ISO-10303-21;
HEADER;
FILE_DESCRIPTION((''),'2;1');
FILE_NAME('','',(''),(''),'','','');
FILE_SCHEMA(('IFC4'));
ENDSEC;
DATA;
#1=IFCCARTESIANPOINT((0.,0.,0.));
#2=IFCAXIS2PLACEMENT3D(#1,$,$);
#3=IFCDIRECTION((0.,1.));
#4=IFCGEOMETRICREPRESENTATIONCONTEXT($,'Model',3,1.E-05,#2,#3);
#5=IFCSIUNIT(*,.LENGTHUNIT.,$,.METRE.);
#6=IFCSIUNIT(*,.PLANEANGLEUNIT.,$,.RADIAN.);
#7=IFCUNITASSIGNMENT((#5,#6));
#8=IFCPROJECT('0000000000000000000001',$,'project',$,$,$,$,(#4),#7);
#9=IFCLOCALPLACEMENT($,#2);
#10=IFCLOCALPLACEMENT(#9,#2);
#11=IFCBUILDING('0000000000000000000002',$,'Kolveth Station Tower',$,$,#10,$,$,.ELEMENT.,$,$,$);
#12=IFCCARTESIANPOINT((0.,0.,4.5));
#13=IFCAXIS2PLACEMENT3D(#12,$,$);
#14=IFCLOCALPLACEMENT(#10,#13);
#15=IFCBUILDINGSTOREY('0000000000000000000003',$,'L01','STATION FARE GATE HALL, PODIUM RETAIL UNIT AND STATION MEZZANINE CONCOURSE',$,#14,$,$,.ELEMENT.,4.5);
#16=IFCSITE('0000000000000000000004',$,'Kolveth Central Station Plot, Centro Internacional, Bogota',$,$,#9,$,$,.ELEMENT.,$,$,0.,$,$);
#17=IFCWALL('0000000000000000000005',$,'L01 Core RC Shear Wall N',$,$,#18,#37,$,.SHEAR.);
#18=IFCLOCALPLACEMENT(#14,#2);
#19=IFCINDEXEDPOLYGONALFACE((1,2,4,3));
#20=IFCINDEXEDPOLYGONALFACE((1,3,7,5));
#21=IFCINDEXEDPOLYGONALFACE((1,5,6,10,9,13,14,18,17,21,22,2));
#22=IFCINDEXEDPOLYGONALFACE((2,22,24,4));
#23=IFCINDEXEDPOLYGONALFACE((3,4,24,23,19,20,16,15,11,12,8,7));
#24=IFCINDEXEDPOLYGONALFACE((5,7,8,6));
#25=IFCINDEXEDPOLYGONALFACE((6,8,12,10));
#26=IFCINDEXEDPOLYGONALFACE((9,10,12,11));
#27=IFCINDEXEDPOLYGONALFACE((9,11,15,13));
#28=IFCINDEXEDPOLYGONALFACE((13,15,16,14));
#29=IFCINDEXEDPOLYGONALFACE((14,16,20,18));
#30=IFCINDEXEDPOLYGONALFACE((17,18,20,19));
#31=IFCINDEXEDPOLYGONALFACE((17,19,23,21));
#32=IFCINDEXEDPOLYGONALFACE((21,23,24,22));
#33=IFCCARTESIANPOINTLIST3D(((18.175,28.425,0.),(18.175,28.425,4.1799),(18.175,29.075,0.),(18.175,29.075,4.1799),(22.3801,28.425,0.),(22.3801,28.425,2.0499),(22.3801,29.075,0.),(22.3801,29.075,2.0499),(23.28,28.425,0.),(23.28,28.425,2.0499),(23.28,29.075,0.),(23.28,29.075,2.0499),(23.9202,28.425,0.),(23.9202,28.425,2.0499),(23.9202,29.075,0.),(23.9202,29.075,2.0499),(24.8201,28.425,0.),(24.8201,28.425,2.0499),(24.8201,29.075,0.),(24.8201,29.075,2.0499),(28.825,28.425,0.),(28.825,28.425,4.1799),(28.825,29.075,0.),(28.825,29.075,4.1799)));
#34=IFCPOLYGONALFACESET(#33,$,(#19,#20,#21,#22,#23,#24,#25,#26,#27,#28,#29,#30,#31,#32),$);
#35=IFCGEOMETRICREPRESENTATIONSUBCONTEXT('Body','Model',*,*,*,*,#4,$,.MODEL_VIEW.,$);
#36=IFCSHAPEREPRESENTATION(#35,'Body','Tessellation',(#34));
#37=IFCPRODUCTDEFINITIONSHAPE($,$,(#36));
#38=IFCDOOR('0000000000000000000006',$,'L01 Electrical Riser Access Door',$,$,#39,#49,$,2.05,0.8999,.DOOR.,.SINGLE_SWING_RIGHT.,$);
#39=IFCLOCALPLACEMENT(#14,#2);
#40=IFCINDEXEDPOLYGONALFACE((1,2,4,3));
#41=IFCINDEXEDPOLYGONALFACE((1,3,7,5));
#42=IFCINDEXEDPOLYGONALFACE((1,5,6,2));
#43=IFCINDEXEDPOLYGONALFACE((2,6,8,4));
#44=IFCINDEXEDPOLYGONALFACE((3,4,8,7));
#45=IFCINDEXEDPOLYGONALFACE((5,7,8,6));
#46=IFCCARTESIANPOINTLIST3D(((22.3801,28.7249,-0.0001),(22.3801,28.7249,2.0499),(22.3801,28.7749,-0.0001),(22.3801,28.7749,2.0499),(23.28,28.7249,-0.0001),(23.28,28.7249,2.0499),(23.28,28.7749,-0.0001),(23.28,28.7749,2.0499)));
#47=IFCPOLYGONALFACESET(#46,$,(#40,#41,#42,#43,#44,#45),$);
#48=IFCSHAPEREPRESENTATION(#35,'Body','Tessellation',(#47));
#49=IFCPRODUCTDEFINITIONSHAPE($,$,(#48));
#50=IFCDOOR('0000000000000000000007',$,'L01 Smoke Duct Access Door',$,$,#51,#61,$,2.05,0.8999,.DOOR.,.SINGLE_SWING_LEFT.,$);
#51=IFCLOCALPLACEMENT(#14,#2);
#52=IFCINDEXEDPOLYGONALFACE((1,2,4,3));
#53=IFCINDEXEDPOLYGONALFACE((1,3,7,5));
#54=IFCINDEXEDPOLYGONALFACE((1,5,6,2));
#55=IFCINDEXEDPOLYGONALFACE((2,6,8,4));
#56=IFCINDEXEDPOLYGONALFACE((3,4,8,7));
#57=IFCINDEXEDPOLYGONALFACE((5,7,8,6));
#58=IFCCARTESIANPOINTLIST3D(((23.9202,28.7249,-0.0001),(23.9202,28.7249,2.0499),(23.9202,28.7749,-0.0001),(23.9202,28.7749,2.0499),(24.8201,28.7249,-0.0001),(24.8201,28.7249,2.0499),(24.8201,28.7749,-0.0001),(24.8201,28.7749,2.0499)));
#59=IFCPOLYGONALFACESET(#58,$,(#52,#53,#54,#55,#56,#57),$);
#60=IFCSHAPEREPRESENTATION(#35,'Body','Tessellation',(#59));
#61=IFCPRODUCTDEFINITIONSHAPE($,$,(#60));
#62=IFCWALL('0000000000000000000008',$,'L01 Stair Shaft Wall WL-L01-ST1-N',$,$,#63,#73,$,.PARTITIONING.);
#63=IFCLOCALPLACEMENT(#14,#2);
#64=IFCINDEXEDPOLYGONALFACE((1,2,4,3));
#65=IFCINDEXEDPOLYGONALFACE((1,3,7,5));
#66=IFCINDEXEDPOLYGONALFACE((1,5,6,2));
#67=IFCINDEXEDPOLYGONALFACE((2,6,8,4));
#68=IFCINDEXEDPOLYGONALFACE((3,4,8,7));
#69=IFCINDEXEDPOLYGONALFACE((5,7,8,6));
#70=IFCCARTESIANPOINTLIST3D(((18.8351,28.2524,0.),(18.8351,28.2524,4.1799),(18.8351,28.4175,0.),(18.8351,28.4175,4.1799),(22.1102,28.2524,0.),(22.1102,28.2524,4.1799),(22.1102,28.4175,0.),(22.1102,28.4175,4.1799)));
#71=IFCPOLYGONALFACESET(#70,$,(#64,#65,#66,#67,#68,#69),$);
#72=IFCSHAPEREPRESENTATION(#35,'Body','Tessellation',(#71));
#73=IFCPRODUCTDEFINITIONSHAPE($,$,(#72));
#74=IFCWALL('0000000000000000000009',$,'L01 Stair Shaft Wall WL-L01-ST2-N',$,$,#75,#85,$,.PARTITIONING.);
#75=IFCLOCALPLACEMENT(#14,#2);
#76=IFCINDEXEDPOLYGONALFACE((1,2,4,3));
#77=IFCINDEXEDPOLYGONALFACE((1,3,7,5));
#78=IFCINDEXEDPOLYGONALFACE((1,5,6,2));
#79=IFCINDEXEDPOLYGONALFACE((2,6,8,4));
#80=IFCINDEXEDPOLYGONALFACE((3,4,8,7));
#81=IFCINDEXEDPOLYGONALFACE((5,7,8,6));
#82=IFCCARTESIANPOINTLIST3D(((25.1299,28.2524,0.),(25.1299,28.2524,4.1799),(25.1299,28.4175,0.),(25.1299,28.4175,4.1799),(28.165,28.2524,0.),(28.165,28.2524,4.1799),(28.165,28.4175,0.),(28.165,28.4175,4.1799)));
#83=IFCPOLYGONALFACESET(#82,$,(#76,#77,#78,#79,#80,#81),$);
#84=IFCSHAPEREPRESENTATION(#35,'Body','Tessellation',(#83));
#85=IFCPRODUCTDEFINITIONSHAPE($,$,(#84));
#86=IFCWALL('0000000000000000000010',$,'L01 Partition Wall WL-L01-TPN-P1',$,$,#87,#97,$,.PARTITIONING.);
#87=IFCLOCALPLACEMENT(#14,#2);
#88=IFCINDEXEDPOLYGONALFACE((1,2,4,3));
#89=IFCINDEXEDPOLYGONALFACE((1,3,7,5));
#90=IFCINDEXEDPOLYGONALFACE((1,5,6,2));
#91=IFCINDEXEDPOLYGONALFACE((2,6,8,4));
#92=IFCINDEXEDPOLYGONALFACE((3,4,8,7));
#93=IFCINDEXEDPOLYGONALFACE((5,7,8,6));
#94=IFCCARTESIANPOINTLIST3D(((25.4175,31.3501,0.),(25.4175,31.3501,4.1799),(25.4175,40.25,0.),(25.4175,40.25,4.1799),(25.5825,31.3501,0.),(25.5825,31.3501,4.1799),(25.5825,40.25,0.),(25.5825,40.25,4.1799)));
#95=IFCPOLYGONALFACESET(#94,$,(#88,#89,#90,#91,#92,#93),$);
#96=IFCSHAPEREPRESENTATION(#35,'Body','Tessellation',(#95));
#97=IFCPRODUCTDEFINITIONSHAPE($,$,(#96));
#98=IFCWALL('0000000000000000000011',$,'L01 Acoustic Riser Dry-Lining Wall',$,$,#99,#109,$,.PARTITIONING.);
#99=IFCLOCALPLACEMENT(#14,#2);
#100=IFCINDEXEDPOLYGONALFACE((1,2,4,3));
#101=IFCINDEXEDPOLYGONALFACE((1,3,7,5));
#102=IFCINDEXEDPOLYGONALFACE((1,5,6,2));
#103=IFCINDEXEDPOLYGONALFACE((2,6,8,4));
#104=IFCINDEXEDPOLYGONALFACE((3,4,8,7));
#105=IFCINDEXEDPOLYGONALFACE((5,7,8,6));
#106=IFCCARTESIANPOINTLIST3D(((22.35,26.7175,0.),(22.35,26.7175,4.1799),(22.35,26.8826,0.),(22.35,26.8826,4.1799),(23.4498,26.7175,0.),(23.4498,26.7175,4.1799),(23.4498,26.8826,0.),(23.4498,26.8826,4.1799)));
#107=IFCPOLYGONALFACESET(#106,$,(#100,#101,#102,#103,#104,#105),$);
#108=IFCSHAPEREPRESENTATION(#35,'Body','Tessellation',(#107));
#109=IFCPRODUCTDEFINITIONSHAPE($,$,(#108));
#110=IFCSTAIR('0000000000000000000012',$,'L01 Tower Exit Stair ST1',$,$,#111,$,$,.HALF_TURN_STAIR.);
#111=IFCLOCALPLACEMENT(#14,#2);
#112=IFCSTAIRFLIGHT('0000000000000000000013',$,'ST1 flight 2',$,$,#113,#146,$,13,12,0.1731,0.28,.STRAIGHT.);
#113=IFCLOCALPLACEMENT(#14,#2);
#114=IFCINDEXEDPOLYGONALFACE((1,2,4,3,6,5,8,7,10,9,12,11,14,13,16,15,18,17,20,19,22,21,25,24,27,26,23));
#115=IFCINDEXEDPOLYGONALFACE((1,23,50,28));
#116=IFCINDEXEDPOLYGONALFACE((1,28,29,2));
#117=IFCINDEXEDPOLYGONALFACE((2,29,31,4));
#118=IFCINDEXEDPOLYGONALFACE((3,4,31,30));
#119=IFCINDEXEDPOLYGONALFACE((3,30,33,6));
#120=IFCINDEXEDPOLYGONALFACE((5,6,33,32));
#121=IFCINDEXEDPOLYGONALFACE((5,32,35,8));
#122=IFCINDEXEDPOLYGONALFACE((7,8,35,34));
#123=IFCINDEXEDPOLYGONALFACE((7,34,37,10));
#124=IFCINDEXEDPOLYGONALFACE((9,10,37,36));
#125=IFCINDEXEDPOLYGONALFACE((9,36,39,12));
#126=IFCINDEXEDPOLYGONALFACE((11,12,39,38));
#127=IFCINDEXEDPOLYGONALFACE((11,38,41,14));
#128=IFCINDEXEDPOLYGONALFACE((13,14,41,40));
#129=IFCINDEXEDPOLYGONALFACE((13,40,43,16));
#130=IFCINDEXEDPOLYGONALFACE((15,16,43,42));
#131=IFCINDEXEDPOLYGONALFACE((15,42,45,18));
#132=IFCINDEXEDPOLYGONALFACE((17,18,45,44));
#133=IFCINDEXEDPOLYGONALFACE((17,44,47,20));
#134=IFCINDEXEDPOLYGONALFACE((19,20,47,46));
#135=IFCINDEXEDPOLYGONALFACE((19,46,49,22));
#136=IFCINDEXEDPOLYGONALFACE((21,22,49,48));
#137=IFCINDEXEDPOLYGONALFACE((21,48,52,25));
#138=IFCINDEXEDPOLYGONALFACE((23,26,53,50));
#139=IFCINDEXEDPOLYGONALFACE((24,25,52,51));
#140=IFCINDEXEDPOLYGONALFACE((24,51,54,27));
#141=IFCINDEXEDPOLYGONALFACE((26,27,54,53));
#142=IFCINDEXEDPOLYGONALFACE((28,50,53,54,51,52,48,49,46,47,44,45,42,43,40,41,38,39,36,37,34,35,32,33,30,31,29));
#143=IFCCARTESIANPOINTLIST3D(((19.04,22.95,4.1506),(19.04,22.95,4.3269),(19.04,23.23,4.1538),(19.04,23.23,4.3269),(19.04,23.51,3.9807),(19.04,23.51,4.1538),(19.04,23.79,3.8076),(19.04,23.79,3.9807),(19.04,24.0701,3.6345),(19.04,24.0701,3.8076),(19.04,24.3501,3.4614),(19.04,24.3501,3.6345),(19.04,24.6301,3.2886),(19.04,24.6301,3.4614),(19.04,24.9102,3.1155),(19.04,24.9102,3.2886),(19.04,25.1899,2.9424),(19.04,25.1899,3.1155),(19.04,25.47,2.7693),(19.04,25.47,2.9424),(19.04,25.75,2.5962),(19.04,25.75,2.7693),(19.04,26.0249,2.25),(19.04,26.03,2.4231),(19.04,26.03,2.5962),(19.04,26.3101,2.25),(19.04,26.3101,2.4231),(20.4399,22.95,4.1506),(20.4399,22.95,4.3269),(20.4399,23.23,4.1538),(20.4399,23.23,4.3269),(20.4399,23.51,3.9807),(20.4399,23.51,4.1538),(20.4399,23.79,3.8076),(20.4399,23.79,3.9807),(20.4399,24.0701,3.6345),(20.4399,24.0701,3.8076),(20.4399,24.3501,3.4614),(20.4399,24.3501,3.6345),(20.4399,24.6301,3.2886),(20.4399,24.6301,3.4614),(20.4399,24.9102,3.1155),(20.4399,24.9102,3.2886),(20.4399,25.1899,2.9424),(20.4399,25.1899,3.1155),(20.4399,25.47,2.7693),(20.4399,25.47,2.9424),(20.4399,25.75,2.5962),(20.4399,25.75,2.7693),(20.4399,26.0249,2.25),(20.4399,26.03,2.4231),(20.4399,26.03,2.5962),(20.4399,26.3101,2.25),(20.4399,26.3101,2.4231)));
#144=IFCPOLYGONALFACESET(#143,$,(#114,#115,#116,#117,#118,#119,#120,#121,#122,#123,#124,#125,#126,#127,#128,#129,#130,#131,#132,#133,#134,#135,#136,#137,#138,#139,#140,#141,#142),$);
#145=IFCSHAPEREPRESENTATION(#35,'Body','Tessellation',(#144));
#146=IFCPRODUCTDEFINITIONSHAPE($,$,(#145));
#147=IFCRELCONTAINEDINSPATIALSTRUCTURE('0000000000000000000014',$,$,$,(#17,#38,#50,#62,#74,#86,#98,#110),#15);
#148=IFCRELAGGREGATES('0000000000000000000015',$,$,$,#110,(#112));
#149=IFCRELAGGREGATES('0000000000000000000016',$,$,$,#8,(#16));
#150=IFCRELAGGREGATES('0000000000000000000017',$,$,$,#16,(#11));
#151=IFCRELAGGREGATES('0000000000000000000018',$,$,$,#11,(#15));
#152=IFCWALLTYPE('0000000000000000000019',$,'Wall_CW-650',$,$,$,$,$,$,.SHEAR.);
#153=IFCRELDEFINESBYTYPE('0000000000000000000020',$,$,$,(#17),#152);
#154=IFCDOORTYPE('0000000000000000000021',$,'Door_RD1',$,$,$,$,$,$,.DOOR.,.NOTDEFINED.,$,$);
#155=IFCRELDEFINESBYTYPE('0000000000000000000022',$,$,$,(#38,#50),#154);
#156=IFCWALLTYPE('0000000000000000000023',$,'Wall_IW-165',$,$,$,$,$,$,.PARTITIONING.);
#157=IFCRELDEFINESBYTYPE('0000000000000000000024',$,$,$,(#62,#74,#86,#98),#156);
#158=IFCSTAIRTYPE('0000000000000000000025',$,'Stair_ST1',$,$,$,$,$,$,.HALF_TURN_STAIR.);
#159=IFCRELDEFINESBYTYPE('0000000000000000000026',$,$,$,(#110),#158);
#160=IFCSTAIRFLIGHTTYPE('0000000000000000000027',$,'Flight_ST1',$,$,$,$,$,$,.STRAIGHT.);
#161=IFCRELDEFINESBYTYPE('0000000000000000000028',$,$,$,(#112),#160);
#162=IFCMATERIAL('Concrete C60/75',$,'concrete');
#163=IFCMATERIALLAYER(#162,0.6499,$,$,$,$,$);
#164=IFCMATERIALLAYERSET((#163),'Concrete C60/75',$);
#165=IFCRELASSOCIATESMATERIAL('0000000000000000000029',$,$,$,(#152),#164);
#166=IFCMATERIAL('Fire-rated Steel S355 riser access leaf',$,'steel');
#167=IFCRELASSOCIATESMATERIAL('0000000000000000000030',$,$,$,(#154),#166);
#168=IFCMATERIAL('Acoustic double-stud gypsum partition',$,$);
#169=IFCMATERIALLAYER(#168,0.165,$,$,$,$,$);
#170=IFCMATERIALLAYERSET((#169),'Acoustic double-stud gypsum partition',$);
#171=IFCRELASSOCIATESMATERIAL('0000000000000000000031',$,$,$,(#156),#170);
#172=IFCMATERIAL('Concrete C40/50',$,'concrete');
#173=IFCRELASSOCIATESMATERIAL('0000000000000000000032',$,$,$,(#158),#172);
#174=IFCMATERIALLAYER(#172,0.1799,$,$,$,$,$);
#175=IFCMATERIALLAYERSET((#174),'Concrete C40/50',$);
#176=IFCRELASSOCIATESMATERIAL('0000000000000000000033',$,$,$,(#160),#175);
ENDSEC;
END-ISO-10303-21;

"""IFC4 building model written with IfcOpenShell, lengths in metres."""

from ifc_helpers import new_model, si_unit, direction, frame, frame_2d, origin, place, context, subcontext, project, spatial, polyline, rectangle, outline, extrude, material, layer, layer_set, type_object, element, fill, aggregate, save


model = new_model("IFC4")

# Units and contexts
model_context = context("Model", 3, precision=1e-05, world=origin(), true_north=direction((0.0, 1.0)))
body_context = subcontext(model_context, "Body", "Model", "MODEL_VIEW")
ifc_project = project(units=[si_unit("LENGTHUNIT", "METRE"), si_unit("PLANEANGLEUNIT", "RADIAN")], contexts=[model_context])

# Site, building, storey
site_placement = place(None, origin())
site = spatial("IfcSite", under=ifc_project, at=site_placement, Name="Kolveth Central Station Plot, Centro Internacional, Bogota", CompositionType="ELEMENT", RefElevation=0.0)
building_placement = place(site_placement, origin())
building = spatial("IfcBuilding", under=site, at=building_placement, Name="Kolveth Station Tower", CompositionType="ELEMENT")
storey_placement = place(building_placement, frame((0.0, 0.0, 4.5)))
storey = spatial("IfcBuildingStorey", under=building, at=storey_placement, Name="L01", Description="STATION FARE GATE HALL, PODIUM RETAIL UNIT AND STATION MEZZANINE CONCOURSE", CompositionType="ELEMENT", Elevation=4.5)

# Shared definitions
ifc_material_1 = material(Name="Concrete C60/75", Category="concrete")

# Wall, openings, doors
ifc_layer_1 = layer(ifc_material_1, 0.6499)
ifc_layer_set_1 = layer_set([ifc_layer_1], Name="Concrete C60/75")
wall_type_1 = type_object("IfcWallType", Name="Wall_CW-650", PredefinedType="SHEAR", material=ifc_layer_set_1)
wall_1_placement = place(storey_placement, frame((18.175, 28.75, 0.0), z_axis=(0.0, 0.0, 1.0), x_axis=(1.0, 0.0, 0.0)))
wall_1 = element("IfcWall", 1, at=wall_1_placement, inside=storey, type_object=wall_type_1, Name="L01 Core RC Shear Wall N", PredefinedType="SHEAR", context=body_context, shape_type="SweptSolid", body=[
    extrude(rectangle(XDim=10.6499, YDim=0.6499, at=frame_2d((5.325, 0.0))), origin(), (0.0, 0.0, 1.0), 4.1799),
])
opening_1_placement = place(wall_1_placement, frame((4.2051, 0.0, 0.0)))
opening_1 = element("IfcOpeningElement", 2, at=opening_1_placement, cuts=wall_1, PredefinedType="OPENING", context=body_context, shape_type="SweptSolid", body=[
    extrude(rectangle(XDim=0.8999, YDim=2.05, at=frame_2d((0.45, 1.0249))), frame((0.0, 0.335, 0.0), z_axis=(0.0, -1.0, 0.0), x_axis=(1.0, 0.0, 0.0)), (0.0, 0.0, 1.0), 0.6699),
])
opening_2_placement = place(wall_1_placement, frame((5.7451, 0.0, 0.0)))
opening_2 = element("IfcOpeningElement", 3, at=opening_2_placement, cuts=wall_1, PredefinedType="OPENING", context=body_context, shape_type="SweptSolid", body=[
    extrude(rectangle(XDim=0.8999, YDim=2.05, at=frame_2d((0.45, 1.0249))), frame((0.0, 0.335, 0.0), z_axis=(0.0, -1.0, 0.0), x_axis=(1.0, 0.0, 0.0)), (0.0, 0.0, 1.0), 0.6699),
])
ifc_material_2 = material(Name="Fire-rated Steel S355 riser access leaf", Category="steel")
door_type = type_object("IfcDoorType", Name="Door_RD1", OperationType="NOTDEFINED", PredefinedType="DOOR", material=ifc_material_2)
door_1_placement = place(opening_1_placement, origin())
door_1 = element("IfcDoor", 4, at=door_1_placement, inside=storey, type_object=door_type, Name="L01 Electrical Riser Access Door", OperationType="SINGLE_SWING_RIGHT", OverallHeight=2.05, OverallWidth=0.8999, PredefinedType="DOOR", context=body_context, shape_type="SweptSolid", body=[
    extrude(rectangle(XDim=0.8999, YDim=2.05, at=frame_2d((0.45, 1.0249))), frame((0.0, 0.0249, 0.0), z_axis=(0.0, -1.0, 0.0), x_axis=(1.0, 0.0, 0.0)), (0.0, 0.0, 1.0), 0.05),
])
fill(opening_1, door_1)
door_2_placement = place(opening_2_placement, origin())
door_2 = element("IfcDoor", 5, at=door_2_placement, inside=storey, type_object=door_type, Name="L01 Smoke Duct Access Door", OperationType="SINGLE_SWING_LEFT", OverallHeight=2.05, OverallWidth=0.8999, PredefinedType="DOOR", context=body_context, shape_type="SweptSolid", body=[
    extrude(rectangle(XDim=0.8999, YDim=2.05, at=frame_2d((0.45, 1.0249))), frame((0.0, 0.0249, 0.0), z_axis=(0.0, -1.0, 0.0), x_axis=(1.0, 0.0, 0.0)), (0.0, 0.0, 1.0), 0.05),
])
fill(opening_2, door_2)

# Walls
ifc_material_3 = material(Name="Acoustic double-stud gypsum partition")
ifc_layer_2 = layer(ifc_material_3, 0.165)
ifc_layer_set_2 = layer_set([ifc_layer_2], Name="Acoustic double-stud gypsum partition")
wall_type_2 = type_object("IfcWallType", Name="Wall_IW-165", PredefinedType="PARTITIONING", material=ifc_layer_set_2)
wall_2_placement = place(storey_placement, frame((18.835, 28.335, 0.0), z_axis=(0.0, 0.0, 1.0), x_axis=(1.0, 0.0, 0.0)))
element("IfcWall", 6, at=wall_2_placement, inside=storey, type_object=wall_type_2, Name="L01 Stair Shaft Wall WL-L01-ST1-N", PredefinedType="PARTITIONING", context=body_context, shape_type="SweptSolid", body=[
    extrude(rectangle(XDim=3.2751, YDim=0.165, at=frame_2d((1.6377, 0.0))), origin(), (0.0, 0.0, 1.0), 4.1799),
])
wall_3_placement = place(storey_placement, frame((25.1299, 28.335, 0.0), z_axis=(0.0, 0.0, 1.0), x_axis=(1.0, 0.0, 0.0)))
element("IfcWall", 7, at=wall_3_placement, inside=storey, type_object=wall_type_2, Name="L01 Stair Shaft Wall WL-L01-ST2-N", PredefinedType="PARTITIONING", context=body_context, shape_type="SweptSolid", body=[
    extrude(rectangle(XDim=3.0352, YDim=0.165, at=frame_2d((1.5176, 0.0))), origin(), (0.0, 0.0, 1.0), 4.1799),
])
wall_4_placement = place(storey_placement, frame((25.5, 31.3501, 0.0), z_axis=(0.0, 0.0, 1.0), x_axis=(0.0, 1.0, 0.0)))
element("IfcWall", 8, at=wall_4_placement, inside=storey, type_object=wall_type_2, Name="L01 Partition Wall WL-L01-TPN-P1", PredefinedType="PARTITIONING", context=body_context, shape_type="SweptSolid", body=[
    extrude(rectangle(XDim=8.8999, YDim=0.165, at=frame_2d((4.45, 0.0))), origin(), (0.0, 0.0, 1.0), 4.1799),
])
wall_5_placement = place(storey_placement, frame((22.3501, 26.8, 0.0), z_axis=(0.0, 0.0, 1.0), x_axis=(1.0, 0.0, 0.0)))
element("IfcWall", 9, at=wall_5_placement, inside=storey, type_object=wall_type_2, Name="L01 Acoustic Riser Dry-Lining Wall", PredefinedType="PARTITIONING", context=body_context, shape_type="SweptSolid", body=[
    extrude(rectangle(XDim=1.0999, YDim=0.165, at=frame_2d((0.5498, 0.0))), origin(), (0.0, 0.0, 1.0), 4.1799),
])

# Stair, stair flight
ifc_material_4 = material(Name="Concrete C40/50", Category="concrete")
stair_type_1 = type_object("IfcStairType", Name="Stair_ST1", PredefinedType="HALF_TURN_STAIR", material=ifc_material_4)
stair_1_placement = place(storey_placement, origin())
stair_1 = element("IfcStair", 10, at=stair_1_placement, inside=storey, type_object=stair_type_1, Name="L01 Tower Exit Stair ST1", PredefinedType="HALF_TURN_STAIR")
ifc_layer_3 = layer(ifc_material_4, 0.1799)
ifc_layer_set_3 = layer_set([ifc_layer_3], Name="Concrete C40/50")
stair_flight_type_1 = type_object("IfcStairFlightType", Name="Flight_ST1", PredefinedType="STRAIGHT", material=ifc_layer_set_3)
stair_flight_1_placement = place(storey_placement, frame((19.74, 26.3101, 2.25), z_axis=(0.0, 0.0, 1.0), x_axis=(0.0, -1.0, 0.0)))
stair_flight_1 = element("IfcStairFlight", 11, at=stair_flight_1_placement, type_object=stair_flight_type_1, Name="ST1 flight 2", NumberOfRisers=13, NumberOfTreads=12, PredefinedType="STRAIGHT", RiserHeight=0.1731, TreadLength=0.28, context=body_context, shape_type="SweptSolid", body=[
    extrude(outline(polyline([(0.0, 0.0), (0.0, 0.1731), (0.28, 0.1731), (0.28, 0.3462), (0.5601, 0.3462), (0.5601, 0.5193), (0.8401, 0.5193), (0.8401, 0.6924), (1.1201, 0.6924), (1.1201, 0.8655), (1.3999, 0.8655), (1.3999, 1.0386), (1.6799, 1.0386), (1.6799, 1.2114), (1.96, 1.2114), (1.96, 1.3845), (2.24, 1.3845), (2.24, 1.5576), (2.52, 1.5576), (2.52, 1.7307), (2.8, 1.7307), (2.8, 1.9038), (3.0801, 1.9038), (3.0801, 2.0769), (3.3601, 2.0769), (3.3601, 2.25), (3.3601, 1.9006), (0.2852, 0.0), (0.0, 0.0)])), frame((0.0, 0.7, 0.0), z_axis=(0.0, -1.0, 0.0), x_axis=(1.0, 0.0, 0.0)), (0.0, 0.0, 1.0), 1.3999),
])
aggregate(stair_1, [stair_flight_1])

save(model, "model.ifc")
